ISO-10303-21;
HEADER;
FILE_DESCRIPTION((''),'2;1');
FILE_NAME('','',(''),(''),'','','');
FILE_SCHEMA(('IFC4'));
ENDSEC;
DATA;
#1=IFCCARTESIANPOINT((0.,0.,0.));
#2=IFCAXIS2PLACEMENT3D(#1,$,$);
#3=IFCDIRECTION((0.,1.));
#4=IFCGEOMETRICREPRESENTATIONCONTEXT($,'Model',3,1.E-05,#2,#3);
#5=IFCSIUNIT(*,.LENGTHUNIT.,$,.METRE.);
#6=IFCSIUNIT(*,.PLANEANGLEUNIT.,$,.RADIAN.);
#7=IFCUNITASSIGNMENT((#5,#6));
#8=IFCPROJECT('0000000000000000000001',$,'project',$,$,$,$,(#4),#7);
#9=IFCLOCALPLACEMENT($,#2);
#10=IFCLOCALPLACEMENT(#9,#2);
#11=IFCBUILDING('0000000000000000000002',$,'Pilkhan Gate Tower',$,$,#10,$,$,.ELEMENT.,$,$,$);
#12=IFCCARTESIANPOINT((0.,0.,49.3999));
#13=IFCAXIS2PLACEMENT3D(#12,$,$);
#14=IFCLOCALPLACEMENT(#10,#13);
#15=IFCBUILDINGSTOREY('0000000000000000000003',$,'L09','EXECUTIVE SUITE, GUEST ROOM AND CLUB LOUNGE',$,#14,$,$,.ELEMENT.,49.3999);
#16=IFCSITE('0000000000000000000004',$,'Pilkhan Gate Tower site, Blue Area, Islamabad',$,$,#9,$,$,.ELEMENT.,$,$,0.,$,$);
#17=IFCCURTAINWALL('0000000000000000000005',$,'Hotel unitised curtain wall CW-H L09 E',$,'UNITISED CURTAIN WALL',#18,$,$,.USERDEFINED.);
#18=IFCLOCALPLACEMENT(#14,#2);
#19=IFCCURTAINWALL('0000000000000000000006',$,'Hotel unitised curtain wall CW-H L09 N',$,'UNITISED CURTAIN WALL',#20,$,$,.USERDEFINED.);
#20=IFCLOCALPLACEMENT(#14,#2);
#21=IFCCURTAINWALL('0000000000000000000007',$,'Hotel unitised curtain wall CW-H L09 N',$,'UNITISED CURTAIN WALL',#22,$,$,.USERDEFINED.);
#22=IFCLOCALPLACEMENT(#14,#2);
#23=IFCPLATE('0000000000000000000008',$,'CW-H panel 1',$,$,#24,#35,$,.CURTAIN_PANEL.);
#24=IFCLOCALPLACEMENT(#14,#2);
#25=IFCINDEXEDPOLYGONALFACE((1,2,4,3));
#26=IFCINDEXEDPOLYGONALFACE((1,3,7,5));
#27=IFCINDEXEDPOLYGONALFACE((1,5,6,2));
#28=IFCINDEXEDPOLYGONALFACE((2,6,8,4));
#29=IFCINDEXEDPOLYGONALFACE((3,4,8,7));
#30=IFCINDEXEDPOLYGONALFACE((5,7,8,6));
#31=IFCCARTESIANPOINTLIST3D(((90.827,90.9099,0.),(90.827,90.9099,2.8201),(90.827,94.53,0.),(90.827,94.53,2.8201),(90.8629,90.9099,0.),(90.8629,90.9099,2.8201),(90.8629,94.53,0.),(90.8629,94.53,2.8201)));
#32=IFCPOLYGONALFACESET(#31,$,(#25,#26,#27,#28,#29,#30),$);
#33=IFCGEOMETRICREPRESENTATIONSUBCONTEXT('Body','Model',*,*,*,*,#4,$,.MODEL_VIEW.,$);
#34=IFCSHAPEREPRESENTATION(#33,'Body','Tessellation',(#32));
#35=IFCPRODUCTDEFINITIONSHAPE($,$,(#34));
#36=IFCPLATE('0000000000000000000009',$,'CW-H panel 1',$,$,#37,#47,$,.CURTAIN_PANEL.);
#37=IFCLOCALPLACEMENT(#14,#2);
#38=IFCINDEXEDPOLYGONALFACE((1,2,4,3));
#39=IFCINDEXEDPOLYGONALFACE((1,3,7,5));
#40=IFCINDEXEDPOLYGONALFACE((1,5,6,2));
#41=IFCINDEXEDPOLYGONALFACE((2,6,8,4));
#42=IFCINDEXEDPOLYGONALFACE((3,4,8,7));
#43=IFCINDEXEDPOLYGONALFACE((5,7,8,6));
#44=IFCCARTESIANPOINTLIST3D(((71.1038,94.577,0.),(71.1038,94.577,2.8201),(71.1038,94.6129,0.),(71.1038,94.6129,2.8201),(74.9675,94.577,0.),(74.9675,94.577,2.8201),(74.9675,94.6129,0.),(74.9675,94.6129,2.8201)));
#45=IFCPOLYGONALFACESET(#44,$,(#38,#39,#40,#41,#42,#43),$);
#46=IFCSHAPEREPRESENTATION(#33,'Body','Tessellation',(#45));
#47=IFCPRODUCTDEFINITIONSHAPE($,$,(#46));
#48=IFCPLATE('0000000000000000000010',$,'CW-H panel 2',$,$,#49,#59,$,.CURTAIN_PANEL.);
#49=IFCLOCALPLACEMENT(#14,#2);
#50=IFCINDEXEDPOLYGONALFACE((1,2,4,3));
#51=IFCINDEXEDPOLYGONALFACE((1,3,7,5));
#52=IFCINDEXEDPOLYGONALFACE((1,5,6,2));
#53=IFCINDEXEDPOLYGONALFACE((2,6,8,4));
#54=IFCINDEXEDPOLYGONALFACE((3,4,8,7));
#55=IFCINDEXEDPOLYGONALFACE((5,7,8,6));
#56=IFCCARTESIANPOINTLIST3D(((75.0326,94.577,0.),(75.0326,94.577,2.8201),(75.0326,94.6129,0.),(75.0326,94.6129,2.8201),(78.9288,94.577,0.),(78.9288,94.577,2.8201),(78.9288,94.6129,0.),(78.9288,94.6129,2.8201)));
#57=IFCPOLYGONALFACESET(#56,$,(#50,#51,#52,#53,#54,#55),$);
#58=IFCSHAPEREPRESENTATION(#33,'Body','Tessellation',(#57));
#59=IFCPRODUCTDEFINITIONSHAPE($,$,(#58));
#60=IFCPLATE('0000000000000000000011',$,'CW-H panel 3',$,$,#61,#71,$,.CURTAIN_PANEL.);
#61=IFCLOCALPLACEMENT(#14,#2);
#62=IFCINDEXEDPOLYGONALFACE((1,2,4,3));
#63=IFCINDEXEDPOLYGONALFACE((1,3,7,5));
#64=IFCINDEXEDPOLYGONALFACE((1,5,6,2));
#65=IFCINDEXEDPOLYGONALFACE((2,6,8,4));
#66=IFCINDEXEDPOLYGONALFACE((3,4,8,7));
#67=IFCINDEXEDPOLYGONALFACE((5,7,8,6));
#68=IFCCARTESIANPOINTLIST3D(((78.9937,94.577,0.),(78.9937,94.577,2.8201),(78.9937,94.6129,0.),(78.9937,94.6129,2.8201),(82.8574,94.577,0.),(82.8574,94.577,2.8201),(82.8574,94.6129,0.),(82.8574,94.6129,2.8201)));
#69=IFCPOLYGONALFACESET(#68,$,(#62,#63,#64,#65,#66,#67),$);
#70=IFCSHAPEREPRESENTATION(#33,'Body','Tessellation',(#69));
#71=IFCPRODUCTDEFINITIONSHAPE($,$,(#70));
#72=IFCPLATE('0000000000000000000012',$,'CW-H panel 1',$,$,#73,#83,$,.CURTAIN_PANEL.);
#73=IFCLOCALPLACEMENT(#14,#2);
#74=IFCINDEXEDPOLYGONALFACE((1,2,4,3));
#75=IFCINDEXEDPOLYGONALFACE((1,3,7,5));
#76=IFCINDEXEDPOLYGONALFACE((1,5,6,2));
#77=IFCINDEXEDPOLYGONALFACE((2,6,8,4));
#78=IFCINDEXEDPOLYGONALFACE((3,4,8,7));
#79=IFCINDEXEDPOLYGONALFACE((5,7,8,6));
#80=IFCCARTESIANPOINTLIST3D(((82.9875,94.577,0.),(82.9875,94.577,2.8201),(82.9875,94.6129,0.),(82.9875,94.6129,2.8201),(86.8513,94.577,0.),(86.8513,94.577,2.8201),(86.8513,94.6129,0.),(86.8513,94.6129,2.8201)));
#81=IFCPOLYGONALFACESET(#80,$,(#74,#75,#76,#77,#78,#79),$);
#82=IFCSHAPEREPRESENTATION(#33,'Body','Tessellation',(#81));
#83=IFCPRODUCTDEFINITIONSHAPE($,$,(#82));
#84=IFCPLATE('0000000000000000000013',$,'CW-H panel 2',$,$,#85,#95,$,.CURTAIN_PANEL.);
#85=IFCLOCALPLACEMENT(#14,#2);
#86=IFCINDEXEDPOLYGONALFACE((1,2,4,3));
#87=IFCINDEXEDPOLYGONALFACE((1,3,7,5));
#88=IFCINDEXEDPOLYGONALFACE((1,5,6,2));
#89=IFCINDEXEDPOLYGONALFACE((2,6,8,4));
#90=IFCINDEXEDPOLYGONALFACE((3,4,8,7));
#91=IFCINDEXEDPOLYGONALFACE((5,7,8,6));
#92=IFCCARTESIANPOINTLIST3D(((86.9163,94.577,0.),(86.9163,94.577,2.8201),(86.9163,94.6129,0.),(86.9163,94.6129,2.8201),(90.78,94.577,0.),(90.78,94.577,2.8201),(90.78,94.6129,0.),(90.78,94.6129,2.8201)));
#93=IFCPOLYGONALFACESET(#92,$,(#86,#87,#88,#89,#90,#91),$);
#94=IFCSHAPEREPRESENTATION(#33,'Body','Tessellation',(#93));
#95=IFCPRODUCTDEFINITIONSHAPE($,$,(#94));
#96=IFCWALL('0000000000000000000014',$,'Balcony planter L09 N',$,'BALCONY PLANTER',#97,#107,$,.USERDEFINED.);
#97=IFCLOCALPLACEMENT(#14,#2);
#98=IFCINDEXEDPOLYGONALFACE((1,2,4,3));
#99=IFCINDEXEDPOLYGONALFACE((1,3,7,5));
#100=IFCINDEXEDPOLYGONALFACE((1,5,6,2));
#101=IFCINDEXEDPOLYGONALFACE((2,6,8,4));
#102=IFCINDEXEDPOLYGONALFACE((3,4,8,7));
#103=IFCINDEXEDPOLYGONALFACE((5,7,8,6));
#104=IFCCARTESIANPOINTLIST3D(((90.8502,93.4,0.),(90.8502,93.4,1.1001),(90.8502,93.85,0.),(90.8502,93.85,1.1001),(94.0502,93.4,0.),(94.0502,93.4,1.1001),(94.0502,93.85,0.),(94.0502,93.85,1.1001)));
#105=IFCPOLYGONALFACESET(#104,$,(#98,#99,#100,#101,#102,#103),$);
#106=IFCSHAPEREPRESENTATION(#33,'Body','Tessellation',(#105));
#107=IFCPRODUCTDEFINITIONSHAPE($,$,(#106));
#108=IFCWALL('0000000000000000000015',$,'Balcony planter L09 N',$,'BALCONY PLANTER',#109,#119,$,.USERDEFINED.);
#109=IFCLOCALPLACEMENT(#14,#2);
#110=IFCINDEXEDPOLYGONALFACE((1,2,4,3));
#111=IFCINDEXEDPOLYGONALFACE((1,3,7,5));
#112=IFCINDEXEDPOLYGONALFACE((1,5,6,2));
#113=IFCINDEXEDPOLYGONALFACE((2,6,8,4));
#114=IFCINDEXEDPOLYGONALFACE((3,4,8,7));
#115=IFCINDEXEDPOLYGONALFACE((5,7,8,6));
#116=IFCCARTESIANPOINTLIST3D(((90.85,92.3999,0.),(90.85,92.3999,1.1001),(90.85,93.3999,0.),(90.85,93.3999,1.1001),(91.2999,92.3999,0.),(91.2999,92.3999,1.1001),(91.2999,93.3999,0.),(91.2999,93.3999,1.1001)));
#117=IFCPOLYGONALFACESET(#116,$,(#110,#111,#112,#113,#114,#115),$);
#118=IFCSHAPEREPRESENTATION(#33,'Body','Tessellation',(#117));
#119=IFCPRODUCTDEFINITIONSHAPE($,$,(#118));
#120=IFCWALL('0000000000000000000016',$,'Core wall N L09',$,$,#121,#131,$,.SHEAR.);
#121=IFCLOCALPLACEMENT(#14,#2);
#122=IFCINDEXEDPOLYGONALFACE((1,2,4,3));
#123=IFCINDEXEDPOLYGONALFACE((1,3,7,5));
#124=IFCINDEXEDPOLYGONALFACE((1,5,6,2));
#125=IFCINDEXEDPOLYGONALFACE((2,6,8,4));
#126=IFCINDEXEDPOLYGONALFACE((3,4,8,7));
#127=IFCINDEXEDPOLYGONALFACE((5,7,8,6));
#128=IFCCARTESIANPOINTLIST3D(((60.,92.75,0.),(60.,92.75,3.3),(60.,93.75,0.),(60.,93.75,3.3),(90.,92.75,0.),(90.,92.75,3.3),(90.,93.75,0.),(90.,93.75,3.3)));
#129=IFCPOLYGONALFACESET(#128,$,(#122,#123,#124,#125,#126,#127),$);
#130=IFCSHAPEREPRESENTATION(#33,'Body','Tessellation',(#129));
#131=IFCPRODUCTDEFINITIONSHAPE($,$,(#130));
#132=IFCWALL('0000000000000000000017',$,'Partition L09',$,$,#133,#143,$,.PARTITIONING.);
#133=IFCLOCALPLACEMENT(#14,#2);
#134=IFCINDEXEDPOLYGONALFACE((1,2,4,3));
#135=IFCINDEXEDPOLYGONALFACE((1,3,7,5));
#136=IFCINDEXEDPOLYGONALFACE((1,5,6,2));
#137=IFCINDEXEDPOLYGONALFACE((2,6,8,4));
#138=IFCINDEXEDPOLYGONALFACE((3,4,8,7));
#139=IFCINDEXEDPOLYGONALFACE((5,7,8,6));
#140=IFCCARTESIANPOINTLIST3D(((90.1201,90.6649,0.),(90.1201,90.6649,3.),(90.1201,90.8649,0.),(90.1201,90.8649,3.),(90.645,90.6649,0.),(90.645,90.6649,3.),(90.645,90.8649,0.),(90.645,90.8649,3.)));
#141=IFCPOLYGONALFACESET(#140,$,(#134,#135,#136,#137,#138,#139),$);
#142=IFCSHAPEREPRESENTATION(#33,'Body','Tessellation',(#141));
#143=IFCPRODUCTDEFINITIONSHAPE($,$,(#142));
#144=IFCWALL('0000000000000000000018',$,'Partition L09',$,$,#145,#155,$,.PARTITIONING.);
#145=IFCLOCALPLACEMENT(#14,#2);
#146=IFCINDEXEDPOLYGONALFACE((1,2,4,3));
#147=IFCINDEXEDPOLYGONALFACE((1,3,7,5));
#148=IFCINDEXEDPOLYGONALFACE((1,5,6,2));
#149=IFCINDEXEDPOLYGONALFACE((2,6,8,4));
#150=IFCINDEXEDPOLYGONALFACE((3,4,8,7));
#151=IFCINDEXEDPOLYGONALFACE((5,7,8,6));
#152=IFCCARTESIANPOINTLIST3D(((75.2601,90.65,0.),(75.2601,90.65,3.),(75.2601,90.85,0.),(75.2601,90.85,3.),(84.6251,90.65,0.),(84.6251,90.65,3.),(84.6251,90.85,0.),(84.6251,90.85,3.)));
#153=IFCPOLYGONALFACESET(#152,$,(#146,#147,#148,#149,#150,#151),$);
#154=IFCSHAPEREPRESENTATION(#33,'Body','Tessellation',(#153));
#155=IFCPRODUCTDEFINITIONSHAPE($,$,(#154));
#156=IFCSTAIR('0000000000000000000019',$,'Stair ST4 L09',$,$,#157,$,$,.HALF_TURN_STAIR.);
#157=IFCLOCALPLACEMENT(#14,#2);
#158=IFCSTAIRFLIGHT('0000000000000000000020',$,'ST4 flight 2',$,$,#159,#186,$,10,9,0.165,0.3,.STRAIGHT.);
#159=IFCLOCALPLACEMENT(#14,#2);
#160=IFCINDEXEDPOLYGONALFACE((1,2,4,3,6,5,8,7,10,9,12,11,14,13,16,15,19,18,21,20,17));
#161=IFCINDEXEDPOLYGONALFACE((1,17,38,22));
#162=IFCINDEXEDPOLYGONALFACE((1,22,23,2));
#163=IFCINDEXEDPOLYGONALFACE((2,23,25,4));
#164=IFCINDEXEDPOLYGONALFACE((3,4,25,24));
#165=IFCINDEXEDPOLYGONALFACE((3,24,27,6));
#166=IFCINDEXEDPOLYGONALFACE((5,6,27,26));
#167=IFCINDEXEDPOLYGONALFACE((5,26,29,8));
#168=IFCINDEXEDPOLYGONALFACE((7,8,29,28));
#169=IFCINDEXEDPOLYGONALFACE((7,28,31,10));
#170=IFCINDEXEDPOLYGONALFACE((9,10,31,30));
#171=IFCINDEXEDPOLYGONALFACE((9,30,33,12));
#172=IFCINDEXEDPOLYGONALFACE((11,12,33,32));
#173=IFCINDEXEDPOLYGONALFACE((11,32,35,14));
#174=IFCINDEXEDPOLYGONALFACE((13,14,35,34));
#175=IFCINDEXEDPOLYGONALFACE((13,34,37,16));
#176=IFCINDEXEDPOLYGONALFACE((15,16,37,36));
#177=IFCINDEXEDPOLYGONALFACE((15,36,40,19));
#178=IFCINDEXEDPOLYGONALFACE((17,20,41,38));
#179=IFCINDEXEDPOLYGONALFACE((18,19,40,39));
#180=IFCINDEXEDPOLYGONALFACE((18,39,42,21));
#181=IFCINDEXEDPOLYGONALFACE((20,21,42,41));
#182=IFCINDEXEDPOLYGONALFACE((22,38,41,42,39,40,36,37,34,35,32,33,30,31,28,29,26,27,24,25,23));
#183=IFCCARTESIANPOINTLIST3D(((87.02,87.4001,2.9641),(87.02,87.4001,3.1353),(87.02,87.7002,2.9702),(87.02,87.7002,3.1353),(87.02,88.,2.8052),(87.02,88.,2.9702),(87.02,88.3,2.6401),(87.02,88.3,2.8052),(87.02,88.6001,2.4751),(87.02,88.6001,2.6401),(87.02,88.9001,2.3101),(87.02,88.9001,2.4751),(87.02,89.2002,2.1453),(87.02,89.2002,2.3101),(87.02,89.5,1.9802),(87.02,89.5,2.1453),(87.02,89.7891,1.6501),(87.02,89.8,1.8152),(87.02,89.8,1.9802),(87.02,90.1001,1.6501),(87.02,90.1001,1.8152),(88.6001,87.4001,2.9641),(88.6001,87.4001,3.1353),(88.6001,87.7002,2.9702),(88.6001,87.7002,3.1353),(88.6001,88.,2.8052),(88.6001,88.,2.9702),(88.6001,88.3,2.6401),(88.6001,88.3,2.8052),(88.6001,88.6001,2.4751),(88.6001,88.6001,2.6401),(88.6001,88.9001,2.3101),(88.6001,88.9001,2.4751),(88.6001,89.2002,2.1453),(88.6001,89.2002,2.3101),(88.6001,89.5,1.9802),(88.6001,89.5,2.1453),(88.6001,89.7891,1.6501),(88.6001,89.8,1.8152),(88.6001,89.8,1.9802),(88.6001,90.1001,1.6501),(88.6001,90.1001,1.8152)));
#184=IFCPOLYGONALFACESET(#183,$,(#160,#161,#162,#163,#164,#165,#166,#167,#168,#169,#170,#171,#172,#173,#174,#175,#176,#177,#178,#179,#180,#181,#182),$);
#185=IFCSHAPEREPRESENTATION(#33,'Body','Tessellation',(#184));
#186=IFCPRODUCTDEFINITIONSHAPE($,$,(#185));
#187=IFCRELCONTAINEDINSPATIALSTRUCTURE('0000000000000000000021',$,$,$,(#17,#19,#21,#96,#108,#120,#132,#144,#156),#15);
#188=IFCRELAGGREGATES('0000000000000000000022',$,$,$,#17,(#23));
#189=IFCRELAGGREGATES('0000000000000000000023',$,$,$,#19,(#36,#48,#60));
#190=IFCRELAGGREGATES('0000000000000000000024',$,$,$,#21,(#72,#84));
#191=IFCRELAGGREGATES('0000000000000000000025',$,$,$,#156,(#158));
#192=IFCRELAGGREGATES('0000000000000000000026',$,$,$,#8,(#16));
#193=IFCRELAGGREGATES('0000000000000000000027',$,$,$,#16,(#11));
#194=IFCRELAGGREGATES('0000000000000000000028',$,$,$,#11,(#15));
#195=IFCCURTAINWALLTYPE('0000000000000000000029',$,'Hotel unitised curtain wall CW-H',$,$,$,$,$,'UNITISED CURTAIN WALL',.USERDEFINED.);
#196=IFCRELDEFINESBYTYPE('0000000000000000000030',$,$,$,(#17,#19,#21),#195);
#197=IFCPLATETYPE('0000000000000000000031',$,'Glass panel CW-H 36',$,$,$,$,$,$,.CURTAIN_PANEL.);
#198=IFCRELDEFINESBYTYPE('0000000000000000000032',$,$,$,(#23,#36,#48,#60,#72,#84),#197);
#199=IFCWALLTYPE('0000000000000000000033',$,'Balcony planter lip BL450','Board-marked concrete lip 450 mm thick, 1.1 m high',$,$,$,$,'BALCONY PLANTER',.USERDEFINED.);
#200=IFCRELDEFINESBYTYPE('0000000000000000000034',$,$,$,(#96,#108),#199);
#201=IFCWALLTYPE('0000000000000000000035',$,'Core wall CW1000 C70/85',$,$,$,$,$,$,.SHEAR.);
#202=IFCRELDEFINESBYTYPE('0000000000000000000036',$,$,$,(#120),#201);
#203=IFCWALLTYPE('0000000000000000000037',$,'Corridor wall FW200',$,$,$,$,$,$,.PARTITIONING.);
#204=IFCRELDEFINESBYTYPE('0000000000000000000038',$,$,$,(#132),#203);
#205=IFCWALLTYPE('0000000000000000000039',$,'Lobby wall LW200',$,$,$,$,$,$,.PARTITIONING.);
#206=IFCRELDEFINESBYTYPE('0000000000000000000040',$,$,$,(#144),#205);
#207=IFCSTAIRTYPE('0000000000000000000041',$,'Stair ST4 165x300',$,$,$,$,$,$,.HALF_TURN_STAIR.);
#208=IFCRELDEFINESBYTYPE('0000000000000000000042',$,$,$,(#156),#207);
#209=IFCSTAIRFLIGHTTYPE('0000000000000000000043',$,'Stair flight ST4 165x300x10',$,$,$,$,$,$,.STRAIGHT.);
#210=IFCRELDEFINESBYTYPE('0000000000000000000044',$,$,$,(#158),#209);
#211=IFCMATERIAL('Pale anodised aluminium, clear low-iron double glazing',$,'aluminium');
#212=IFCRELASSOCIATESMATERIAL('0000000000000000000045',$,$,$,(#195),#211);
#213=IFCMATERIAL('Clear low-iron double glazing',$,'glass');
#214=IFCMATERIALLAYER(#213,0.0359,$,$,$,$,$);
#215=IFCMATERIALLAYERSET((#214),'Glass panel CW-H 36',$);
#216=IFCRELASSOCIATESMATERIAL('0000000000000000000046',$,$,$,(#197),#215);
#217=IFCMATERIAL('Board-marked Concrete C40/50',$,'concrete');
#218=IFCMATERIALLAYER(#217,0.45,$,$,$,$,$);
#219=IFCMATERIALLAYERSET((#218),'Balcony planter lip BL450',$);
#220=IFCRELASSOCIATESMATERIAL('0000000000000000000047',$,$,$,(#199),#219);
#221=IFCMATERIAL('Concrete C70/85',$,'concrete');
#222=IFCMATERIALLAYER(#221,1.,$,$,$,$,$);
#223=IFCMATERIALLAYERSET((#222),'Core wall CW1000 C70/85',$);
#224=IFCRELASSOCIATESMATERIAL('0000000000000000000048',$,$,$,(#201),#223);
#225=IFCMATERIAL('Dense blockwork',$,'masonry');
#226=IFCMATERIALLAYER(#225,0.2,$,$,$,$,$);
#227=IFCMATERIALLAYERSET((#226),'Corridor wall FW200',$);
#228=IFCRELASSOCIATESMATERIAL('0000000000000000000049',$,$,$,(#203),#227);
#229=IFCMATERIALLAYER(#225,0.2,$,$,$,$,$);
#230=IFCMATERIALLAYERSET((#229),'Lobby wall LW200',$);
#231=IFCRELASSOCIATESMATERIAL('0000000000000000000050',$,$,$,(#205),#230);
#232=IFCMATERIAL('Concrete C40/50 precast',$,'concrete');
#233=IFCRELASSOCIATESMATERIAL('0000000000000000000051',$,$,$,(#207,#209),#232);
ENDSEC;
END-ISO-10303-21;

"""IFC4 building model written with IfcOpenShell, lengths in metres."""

from ifc_helpers import new_model, si_unit, direction, frame, frame_2d, origin, origin_2d, place, context, subcontext, project, spatial, polyline, rectangle, outline, extrude, material, layer, layer_set, type_object, element, aggregate, save


model = new_model("IFC4")

# Units and contexts
model_context = context("Model", 3, precision=1e-05, world=origin(), true_north=direction((0.0, 1.0)))
body_context = subcontext(model_context, "Body", "Model", "MODEL_VIEW")
ifc_project = project(units=[si_unit("LENGTHUNIT", "METRE"), si_unit("PLANEANGLEUNIT", "RADIAN")], contexts=[model_context])

# Site, building, storey
site_placement = place(None, origin())
site = spatial("IfcSite", under=ifc_project, at=site_placement, Name="Pilkhan Gate Tower site, Blue Area, Islamabad", CompositionType="ELEMENT", RefElevation=0.0)
building_placement = place(site_placement, origin())
building = spatial("IfcBuilding", under=site, at=building_placement, Name="Pilkhan Gate Tower", CompositionType="ELEMENT")
storey_placement = place(building_placement, frame((0.0, 0.0, 49.3999)))
storey = spatial("IfcBuildingStorey", under=building, at=storey_placement, Name="L09", Description="EXECUTIVE SUITE, GUEST ROOM AND CLUB LOUNGE", CompositionType="ELEMENT", Elevation=49.3999)

# Curtain walls
ifc_material_1 = material(Name="Pale anodised aluminium, clear low-iron double glazing", Category="aluminium")
curtain_wall_type = type_object("IfcCurtainWallType", Name="Hotel unitised curtain wall CW-H", ElementType="UNITISED CURTAIN WALL", PredefinedType="USERDEFINED", material=ifc_material_1)
curtain_wall_1_placement = place(storey_placement, origin())
curtain_wall_1 = element("IfcCurtainWall", 1, at=curtain_wall_1_placement, inside=storey, type_object=curtain_wall_type, Name="Hotel unitised curtain wall CW-H L09 E", ObjectType="UNITISED CURTAIN WALL", PredefinedType="USERDEFINED")
curtain_wall_2_placement = place(storey_placement, origin())
curtain_wall_2 = element("IfcCurtainWall", 2, at=curtain_wall_2_placement, inside=storey, type_object=curtain_wall_type, Name="Hotel unitised curtain wall CW-H L09 N", ObjectType="UNITISED CURTAIN WALL", PredefinedType="USERDEFINED")
curtain_wall_3_placement = place(storey_placement, origin())
curtain_wall_3 = element("IfcCurtainWall", 3, at=curtain_wall_3_placement, inside=storey, type_object=curtain_wall_type, Name="Hotel unitised curtain wall CW-H L09 N", ObjectType="UNITISED CURTAIN WALL", PredefinedType="USERDEFINED")

# Plates
ifc_material_2 = material(Name="Clear low-iron double glazing", Category="glass")
ifc_layer_1 = layer(ifc_material_2, 0.0359)
ifc_layer_set_1 = layer_set([ifc_layer_1], Name="Glass panel CW-H 36")
plate_type = type_object("IfcPlateType", Name="Glass panel CW-H 36", PredefinedType="CURTAIN_PANEL", material=ifc_layer_set_1)
plate_1_placement = place(storey_placement, frame((90.845, 92.72, 0.0), z_axis=(0.0, 0.0, 1.0), x_axis=(0.0, 1.0, 0.0)))
plate_1 = element("IfcPlate", 4, at=plate_1_placement, type_object=plate_type, Name="CW-H panel 1", PredefinedType="CURTAIN_PANEL", context=body_context, shape_type="SweptSolid", body=[
    extrude(rectangle(XDim=3.6201, YDim=0.0359, at=origin_2d()), origin(), (0.0, 0.0, 1.0), 2.8201),
])
aggregate(curtain_wall_1, [plate_1])
plate_2_placement = place(storey_placement, frame((73.0356, 94.595, 0.0), z_axis=(0.0, 0.0, 1.0), x_axis=(1.0, 0.0, 0.0)))
plate_2 = element("IfcPlate", 5, at=plate_2_placement, type_object=plate_type, Name="CW-H panel 1", PredefinedType="CURTAIN_PANEL", context=body_context, shape_type="SweptSolid", body=[
    extrude(rectangle(XDim=3.8638, YDim=0.0359, at=origin_2d()), origin(), (0.0, 0.0, 1.0), 2.8201),
])
plate_3_placement = place(storey_placement, frame((76.9807, 94.595, 0.0), z_axis=(0.0, 0.0, 1.0), x_axis=(1.0, 0.0, 0.0)))
plate_3 = element("IfcPlate", 6, at=plate_3_placement, type_object=plate_type, Name="CW-H panel 2", PredefinedType="CURTAIN_PANEL", context=body_context, shape_type="SweptSolid", body=[
    extrude(rectangle(XDim=3.8962, YDim=0.0359, at=origin_2d()), origin(), (0.0, 0.0, 1.0), 2.8201),
])
plate_4_placement = place(storey_placement, frame((80.9255, 94.595, 0.0), z_axis=(0.0, 0.0, 1.0), x_axis=(1.0, 0.0, 0.0)))
plate_4 = element("IfcPlate", 7, at=plate_4_placement, type_object=plate_type, Name="CW-H panel 3", PredefinedType="CURTAIN_PANEL", context=body_context, shape_type="SweptSolid", body=[
    extrude(rectangle(XDim=3.8638, YDim=0.0359, at=origin_2d()), origin(), (0.0, 0.0, 1.0), 2.8201),
])
aggregate(curtain_wall_2, [plate_2, plate_3, plate_4])
plate_5_placement = place(storey_placement, frame((84.9194, 94.595, 0.0), z_axis=(0.0, 0.0, 1.0), x_axis=(1.0, 0.0, 0.0)))
plate_5 = element("IfcPlate", 8, at=plate_5_placement, type_object=plate_type, Name="CW-H panel 1", PredefinedType="CURTAIN_PANEL", context=body_context, shape_type="SweptSolid", body=[
    extrude(rectangle(XDim=3.8638, YDim=0.0359, at=origin_2d()), origin(), (0.0, 0.0, 1.0), 2.8201),
])
plate_6_placement = place(storey_placement, frame((88.8481, 94.595, 0.0), z_axis=(0.0, 0.0, 1.0), x_axis=(1.0, 0.0, 0.0)))
plate_6 = element("IfcPlate", 9, at=plate_6_placement, type_object=plate_type, Name="CW-H panel 2", PredefinedType="CURTAIN_PANEL", context=body_context, shape_type="SweptSolid", body=[
    extrude(rectangle(XDim=3.8638, YDim=0.0359, at=origin_2d()), origin(), (0.0, 0.0, 1.0), 2.8201),
])
aggregate(curtain_wall_3, [plate_5, plate_6])

# Walls
ifc_material_3 = material(Name="Board-marked Concrete C40/50", Category="concrete")
ifc_layer_2 = layer(ifc_material_3, 0.45)
ifc_layer_set_2 = layer_set([ifc_layer_2], Name="Balcony planter lip BL450")
wall_type_1 = type_object("IfcWallType", Name="Balcony planter lip BL450", Description="Board-marked concrete lip 450 mm thick, 1.1 m high", ElementType="BALCONY PLANTER", PredefinedType="USERDEFINED", material=ifc_layer_set_2)
wall_1_placement = place(storey_placement, frame((90.8501, 93.625, 0.0), z_axis=(0.0, 0.0, 1.0), x_axis=(1.0, 0.0, 0.0)))
element("IfcWall", 10, at=wall_1_placement, inside=storey, type_object=wall_type_1, Name="Balcony planter L09 N", ObjectType="BALCONY PLANTER", PredefinedType="USERDEFINED", context=body_context, shape_type="SweptSolid", body=[
    extrude(rectangle(XDim=3.2, YDim=0.45, at=frame_2d((1.6001, 0.0))), origin(), (0.0, 0.0, 1.0), 1.1001),
])
wall_2_placement = place(storey_placement, frame((91.075, 92.3999, 0.0), z_axis=(0.0, 0.0, 1.0), x_axis=(0.0, 1.0, 0.0)))
element("IfcWall", 11, at=wall_2_placement, inside=storey, type_object=wall_type_1, Name="Balcony planter L09 N", ObjectType="BALCONY PLANTER", PredefinedType="USERDEFINED", context=body_context, shape_type="SweptSolid", body=[
    extrude(rectangle(XDim=1.0, YDim=0.45, at=frame_2d((0.5, 0.0))), origin(), (0.0, 0.0, 1.0), 1.1001),
])
ifc_material_4 = material(Name="Concrete C70/85", Category="concrete")
ifc_layer_3 = layer(ifc_material_4, 1.0)
ifc_layer_set_3 = layer_set([ifc_layer_3], Name="Core wall CW1000 C70/85")
wall_type_2 = type_object("IfcWallType", Name="Core wall CW1000 C70/85", PredefinedType="SHEAR", material=ifc_layer_set_3)
wall_3_placement = place(storey_placement, frame((90.0, 93.25, 0.0), z_axis=(0.0, 0.0, 1.0), x_axis=(-1.0, 0.0, 0.0)))
element("IfcWall", 12, at=wall_3_placement, inside=storey, type_object=wall_type_2, Name="Core wall N L09", PredefinedType="SHEAR", context=body_context, shape_type="SweptSolid", body=[
    extrude(rectangle(XDim=30.0, YDim=1.0, at=frame_2d((15.0, 0.0))), origin(), (0.0, 0.0, 1.0), 3.3),
])
ifc_material_5 = material(Name="Dense blockwork", Category="masonry")
ifc_layer_4 = layer(ifc_material_5, 0.2)
ifc_layer_set_4 = layer_set([ifc_layer_4], Name="Corridor wall FW200")
wall_type_3 = type_object("IfcWallType", Name="Corridor wall FW200", PredefinedType="PARTITIONING", material=ifc_layer_set_4)
wall_4_placement = place(storey_placement, frame((90.1201, 90.7649, 0.0), z_axis=(0.0, 0.0, 1.0), x_axis=(1.0, 0.0, 0.0)))
element("IfcWall", 13, at=wall_4_placement, inside=storey, type_object=wall_type_3, Name="Partition L09", PredefinedType="PARTITIONING", context=body_context, shape_type="SweptSolid", body=[
    extrude(rectangle(XDim=0.5249, YDim=0.2, at=frame_2d((0.2625, 0.0))), origin(), (0.0, 0.0, 1.0), 3.0),
])

# Wall
ifc_layer_5 = layer(ifc_material_5, 0.2)
ifc_layer_set_5 = layer_set([ifc_layer_5], Name="Lobby wall LW200")
wall_type_4 = type_object("IfcWallType", Name="Lobby wall LW200", PredefinedType="PARTITIONING", material=ifc_layer_set_5)
wall_5_placement = place(storey_placement, frame((75.26, 90.75, 0.0), z_axis=(0.0, 0.0, 1.0), x_axis=(1.0, 0.0, 0.0)))
element("IfcWall", 14, at=wall_5_placement, inside=storey, type_object=wall_type_4, Name="Partition L09", PredefinedType="PARTITIONING", context=body_context, shape_type="SweptSolid", body=[
    extrude(rectangle(XDim=9.365, YDim=0.2, at=frame_2d((4.6826, 0.0))), origin(), (0.0, 0.0, 1.0), 3.0),
])

# Stair, stair flight
ifc_material_6 = material(Name="Concrete C40/50 precast", Category="concrete")
stair_type = type_object("IfcStairType", Name="Stair ST4 165x300", PredefinedType="HALF_TURN_STAIR", material=ifc_material_6)
stair_placement = place(storey_placement, origin())
stair = element("IfcStair", 15, at=stair_placement, inside=storey, type_object=stair_type, Name="Stair ST4 L09", PredefinedType="HALF_TURN_STAIR")
stair_flight_type = type_object("IfcStairFlightType", Name="Stair flight ST4 165x300x10", PredefinedType="STRAIGHT", material=ifc_material_6)
stair_flight_placement = place(storey_placement, frame((87.8101, 90.1001, 1.6501), z_axis=(0.0, 0.0, 1.0), x_axis=(0.0, -1.0, 0.0)))
stair_flight = element("IfcStairFlight", 16, at=stair_flight_placement, type_object=stair_flight_type, Name="ST4 flight 2", NumberOfRisers=10, NumberOfTreads=9, PredefinedType="STRAIGHT", RiserHeight=0.165, TreadLength=0.3, context=body_context, shape_type="SweptSolid", body=[
    extrude(outline(polyline([(0.0, 0.0), (0.0, 0.165), (0.3, 0.165), (0.3, 0.3301), (0.6001, 0.3301), (0.6001, 0.4951), (0.8999, 0.4951), (0.8999, 0.6599), (1.2, 0.6599), (1.2, 0.825), (1.5, 0.825), (1.5, 0.99), (1.8, 0.99), (1.8, 1.155), (2.1001, 1.155), (2.1001, 1.3201), (2.3999, 1.3201), (2.3999, 1.4851), (2.7, 1.4851), (2.7, 1.6499), (2.7, 1.314), (0.311, 0.0), (0.0, 0.0)])), frame((0.0, 0.79, 0.0), z_axis=(0.0, -1.0, 0.0), x_axis=(1.0, 0.0, 0.0)), (0.0, 0.0, 1.0), 1.5801),
])
aggregate(stair, [stair_flight])

save(model, "model.ifc")
